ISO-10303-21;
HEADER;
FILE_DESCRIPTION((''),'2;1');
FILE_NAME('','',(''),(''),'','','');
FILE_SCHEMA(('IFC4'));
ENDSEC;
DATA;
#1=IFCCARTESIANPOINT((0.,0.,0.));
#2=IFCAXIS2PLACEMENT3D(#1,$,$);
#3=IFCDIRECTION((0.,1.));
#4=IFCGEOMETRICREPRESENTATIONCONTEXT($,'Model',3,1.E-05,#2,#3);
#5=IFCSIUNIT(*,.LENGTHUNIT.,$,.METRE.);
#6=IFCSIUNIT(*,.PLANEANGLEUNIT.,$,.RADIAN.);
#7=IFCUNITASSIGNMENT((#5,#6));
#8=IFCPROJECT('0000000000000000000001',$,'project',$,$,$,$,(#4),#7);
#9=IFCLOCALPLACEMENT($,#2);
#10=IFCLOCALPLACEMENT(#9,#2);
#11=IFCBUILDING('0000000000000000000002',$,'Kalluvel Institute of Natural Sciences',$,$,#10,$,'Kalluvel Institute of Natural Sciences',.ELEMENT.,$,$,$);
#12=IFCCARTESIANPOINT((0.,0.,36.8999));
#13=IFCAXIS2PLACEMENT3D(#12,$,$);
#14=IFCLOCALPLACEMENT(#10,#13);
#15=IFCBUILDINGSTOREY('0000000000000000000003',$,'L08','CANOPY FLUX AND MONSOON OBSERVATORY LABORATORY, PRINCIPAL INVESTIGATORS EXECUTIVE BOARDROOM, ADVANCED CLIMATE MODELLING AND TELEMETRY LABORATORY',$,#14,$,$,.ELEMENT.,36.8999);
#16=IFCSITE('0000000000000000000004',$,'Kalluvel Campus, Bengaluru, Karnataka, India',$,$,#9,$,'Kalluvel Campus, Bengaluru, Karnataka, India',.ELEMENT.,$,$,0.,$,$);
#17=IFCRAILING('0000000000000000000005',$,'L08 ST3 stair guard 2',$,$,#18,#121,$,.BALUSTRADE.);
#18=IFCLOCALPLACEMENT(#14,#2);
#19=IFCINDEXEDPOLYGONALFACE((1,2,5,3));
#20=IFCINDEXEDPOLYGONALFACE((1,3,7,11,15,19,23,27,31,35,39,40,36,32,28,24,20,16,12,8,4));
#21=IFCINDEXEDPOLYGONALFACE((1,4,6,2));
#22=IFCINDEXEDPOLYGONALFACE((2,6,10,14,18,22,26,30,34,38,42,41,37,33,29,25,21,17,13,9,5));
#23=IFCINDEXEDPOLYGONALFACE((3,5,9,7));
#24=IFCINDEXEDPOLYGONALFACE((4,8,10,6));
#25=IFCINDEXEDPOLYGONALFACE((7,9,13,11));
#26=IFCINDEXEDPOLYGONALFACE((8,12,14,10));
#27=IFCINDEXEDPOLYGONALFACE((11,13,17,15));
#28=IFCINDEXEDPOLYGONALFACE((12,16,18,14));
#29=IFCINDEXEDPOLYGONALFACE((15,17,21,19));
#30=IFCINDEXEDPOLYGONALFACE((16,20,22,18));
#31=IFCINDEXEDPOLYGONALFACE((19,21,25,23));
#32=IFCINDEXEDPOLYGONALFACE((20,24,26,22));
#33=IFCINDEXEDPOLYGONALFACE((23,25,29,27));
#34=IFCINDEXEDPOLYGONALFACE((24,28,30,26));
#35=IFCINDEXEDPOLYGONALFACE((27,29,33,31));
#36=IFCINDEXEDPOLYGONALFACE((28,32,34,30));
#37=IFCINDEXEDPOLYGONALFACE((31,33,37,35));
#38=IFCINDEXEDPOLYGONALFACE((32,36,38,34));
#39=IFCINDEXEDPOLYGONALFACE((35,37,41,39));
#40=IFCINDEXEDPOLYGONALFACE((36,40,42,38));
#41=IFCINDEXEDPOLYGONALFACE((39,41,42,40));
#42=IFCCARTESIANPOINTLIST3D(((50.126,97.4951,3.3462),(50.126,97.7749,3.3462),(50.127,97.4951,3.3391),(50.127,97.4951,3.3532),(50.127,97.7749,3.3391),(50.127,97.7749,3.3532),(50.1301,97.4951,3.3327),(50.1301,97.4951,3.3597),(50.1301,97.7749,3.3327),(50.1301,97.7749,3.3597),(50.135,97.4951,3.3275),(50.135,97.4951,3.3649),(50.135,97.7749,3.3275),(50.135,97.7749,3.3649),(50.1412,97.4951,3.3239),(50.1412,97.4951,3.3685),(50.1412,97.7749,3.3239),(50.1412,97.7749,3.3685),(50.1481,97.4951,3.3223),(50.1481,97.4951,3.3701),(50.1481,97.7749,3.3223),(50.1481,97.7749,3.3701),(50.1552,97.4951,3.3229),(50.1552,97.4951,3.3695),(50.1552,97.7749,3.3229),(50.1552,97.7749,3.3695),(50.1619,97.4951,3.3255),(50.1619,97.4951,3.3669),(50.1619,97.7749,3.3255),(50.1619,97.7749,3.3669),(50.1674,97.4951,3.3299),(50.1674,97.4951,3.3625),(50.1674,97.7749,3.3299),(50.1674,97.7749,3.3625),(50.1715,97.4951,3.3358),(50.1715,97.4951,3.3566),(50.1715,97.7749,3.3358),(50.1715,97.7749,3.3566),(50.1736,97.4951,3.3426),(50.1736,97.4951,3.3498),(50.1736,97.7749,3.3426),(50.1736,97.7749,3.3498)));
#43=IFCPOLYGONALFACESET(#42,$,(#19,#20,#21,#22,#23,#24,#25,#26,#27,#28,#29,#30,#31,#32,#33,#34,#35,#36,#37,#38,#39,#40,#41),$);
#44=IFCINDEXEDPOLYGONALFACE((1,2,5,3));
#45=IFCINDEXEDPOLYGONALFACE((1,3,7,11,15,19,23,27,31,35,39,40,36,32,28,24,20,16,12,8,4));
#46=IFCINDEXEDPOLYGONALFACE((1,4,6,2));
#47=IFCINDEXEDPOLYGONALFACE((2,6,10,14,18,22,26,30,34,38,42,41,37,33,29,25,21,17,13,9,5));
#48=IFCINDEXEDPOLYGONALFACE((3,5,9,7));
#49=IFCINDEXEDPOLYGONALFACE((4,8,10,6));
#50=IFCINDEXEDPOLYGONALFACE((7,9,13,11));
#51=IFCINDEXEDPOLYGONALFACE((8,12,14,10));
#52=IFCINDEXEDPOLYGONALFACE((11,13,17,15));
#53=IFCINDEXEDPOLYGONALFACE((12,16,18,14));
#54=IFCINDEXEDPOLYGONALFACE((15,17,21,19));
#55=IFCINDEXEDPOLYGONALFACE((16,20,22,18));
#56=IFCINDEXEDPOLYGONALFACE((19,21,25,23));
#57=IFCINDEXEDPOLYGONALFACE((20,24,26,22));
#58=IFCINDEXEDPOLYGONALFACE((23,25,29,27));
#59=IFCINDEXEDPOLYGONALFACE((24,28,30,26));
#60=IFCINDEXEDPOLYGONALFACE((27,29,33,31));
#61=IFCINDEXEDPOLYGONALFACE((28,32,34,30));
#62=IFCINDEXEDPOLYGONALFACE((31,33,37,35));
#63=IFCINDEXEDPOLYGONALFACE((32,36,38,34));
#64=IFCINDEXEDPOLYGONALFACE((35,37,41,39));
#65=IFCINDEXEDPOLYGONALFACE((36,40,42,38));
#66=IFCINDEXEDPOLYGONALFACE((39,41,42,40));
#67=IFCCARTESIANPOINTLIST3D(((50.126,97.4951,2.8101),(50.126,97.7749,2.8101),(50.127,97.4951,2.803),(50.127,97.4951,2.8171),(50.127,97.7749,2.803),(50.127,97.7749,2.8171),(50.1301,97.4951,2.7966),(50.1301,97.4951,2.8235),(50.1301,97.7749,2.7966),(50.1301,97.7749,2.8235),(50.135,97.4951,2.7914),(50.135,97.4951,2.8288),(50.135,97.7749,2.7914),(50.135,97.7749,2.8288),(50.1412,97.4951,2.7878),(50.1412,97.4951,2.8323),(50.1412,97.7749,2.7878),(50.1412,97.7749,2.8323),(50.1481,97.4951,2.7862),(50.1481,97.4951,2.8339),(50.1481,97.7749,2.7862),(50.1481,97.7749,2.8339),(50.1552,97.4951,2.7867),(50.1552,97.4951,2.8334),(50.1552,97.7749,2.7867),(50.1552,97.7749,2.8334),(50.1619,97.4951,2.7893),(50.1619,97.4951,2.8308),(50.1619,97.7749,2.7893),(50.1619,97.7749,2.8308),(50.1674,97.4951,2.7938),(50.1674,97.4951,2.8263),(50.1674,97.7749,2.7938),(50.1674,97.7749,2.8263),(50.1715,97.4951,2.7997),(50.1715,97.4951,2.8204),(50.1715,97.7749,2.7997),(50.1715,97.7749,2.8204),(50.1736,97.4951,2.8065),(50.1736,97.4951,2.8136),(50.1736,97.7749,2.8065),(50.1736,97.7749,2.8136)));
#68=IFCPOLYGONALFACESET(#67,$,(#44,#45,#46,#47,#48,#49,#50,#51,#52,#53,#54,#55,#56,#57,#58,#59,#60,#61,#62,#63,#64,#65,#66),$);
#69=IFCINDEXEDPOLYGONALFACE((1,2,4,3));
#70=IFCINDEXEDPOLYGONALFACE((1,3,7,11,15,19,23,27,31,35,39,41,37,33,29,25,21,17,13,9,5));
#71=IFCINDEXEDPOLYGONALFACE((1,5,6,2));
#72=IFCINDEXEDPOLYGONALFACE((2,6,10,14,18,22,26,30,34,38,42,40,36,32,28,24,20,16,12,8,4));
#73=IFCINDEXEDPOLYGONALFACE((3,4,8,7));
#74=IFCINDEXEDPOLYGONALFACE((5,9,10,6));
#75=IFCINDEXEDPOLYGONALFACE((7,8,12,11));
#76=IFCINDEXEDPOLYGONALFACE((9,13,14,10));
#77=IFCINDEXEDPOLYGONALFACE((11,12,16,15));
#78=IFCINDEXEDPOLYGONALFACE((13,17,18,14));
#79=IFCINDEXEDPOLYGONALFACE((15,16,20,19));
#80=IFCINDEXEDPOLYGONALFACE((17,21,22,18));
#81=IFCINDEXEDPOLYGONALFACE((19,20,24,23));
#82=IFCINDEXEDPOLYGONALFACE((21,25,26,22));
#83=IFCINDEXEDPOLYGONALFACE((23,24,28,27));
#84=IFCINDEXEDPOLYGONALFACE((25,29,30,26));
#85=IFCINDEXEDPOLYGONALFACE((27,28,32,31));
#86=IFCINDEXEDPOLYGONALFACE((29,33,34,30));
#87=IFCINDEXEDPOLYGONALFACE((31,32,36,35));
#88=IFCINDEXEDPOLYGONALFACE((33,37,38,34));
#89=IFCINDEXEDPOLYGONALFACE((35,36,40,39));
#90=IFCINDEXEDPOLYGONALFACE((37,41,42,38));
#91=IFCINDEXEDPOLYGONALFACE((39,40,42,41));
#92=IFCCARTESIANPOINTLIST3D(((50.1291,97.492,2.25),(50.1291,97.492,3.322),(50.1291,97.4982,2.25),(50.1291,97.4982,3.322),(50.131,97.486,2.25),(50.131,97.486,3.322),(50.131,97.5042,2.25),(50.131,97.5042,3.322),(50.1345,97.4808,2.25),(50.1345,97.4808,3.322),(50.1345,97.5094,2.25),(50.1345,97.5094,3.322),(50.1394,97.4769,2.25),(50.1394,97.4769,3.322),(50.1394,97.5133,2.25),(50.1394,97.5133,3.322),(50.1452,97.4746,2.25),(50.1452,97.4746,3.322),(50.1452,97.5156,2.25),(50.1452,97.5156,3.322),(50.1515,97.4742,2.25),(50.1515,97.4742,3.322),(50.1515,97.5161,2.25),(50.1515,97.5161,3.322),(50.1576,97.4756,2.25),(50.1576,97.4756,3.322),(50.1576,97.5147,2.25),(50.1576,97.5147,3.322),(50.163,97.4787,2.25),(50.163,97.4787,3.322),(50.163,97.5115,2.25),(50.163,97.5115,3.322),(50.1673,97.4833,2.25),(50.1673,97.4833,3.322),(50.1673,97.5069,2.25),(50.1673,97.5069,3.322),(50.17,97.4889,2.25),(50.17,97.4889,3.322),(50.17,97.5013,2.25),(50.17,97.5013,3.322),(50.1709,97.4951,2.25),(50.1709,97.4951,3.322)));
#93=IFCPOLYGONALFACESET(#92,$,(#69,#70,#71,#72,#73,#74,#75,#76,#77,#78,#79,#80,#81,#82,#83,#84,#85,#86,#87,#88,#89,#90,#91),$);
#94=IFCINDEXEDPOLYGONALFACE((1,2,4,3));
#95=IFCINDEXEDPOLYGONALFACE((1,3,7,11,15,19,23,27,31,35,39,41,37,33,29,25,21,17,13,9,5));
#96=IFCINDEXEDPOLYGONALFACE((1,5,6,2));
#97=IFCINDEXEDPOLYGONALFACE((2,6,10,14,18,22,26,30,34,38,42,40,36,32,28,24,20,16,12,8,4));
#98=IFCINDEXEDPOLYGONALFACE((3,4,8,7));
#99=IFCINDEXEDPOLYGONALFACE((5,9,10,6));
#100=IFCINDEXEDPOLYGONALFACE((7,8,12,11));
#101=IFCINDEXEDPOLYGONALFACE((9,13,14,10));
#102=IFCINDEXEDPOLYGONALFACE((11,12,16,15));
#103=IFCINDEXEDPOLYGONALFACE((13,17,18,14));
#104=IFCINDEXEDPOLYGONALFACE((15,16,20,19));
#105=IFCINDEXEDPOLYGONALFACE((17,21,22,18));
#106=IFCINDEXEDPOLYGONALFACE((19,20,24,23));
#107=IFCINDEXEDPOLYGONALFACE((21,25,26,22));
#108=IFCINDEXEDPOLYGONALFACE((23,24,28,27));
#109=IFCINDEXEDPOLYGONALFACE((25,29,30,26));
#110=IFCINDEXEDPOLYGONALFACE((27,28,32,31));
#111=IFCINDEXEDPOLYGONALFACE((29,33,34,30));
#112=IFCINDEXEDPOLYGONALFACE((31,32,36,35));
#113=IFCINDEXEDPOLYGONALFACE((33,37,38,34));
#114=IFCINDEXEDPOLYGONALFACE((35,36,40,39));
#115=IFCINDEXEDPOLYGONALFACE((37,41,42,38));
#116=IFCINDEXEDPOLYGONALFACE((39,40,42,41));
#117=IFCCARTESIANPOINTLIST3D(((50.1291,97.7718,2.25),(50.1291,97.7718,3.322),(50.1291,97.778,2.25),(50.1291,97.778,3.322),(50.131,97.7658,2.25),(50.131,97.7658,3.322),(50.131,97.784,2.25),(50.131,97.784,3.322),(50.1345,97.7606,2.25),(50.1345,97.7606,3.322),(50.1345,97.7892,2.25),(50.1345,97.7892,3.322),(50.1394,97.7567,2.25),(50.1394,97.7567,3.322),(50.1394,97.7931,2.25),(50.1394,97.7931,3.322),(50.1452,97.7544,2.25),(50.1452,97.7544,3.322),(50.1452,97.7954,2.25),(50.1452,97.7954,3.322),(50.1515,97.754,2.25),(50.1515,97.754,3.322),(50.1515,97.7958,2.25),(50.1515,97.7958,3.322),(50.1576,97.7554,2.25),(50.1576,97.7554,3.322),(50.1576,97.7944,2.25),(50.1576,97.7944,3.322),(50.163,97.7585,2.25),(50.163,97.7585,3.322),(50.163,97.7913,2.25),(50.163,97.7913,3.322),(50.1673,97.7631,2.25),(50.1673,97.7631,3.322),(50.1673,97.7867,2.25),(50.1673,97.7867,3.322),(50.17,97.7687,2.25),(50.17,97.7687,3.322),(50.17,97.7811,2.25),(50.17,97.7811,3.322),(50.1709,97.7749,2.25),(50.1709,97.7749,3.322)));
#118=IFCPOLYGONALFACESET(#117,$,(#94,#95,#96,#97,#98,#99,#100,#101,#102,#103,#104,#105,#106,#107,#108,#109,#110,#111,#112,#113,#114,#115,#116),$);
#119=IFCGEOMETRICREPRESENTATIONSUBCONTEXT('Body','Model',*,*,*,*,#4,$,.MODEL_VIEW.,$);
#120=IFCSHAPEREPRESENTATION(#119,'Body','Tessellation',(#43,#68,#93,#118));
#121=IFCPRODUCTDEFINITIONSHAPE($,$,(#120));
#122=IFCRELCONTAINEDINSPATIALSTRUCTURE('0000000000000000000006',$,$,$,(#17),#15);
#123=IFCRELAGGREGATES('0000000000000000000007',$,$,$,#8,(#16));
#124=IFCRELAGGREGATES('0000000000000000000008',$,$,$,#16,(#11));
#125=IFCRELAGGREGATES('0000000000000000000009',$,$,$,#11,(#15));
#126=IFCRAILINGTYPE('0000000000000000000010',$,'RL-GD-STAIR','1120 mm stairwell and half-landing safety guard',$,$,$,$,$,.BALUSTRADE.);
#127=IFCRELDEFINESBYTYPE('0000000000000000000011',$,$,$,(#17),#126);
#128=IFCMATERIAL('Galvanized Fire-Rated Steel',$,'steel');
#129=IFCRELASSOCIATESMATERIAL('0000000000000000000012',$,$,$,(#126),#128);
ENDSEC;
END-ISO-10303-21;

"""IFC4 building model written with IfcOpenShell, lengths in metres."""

from ifc_helpers import new_model, si_unit, direction, frame, origin, origin_2d, place, context, subcontext, project, spatial, circle, extrude, material, type_object, element, save


model = new_model("IFC4")

# Units and contexts
model_context = context("Model", 3, precision=1e-05, world=origin(), true_north=direction((0.0, 1.0)))
body_context = subcontext(model_context, "Body", "Model", "MODEL_VIEW")
ifc_project = project(units=[si_unit("LENGTHUNIT", "METRE"), si_unit("PLANEANGLEUNIT", "RADIAN")], contexts=[model_context])

# Site, building, storey
site_placement = place(None, origin())
site = spatial("IfcSite", under=ifc_project, at=site_placement, Name="Kalluvel Campus, Bengaluru, Karnataka, India", LongName="Kalluvel Campus, Bengaluru, Karnataka, India", CompositionType="ELEMENT", RefElevation=0.0)
building_placement = place(site_placement, origin())
building = spatial("IfcBuilding", under=site, at=building_placement, Name="Kalluvel Institute of Natural Sciences", LongName="Kalluvel Institute of Natural Sciences", CompositionType="ELEMENT")
storey_placement = place(building_placement, frame((0.0, 0.0, 36.8999)))
storey = spatial("IfcBuildingStorey", under=building, at=storey_placement, Name="L08", Description="CANOPY FLUX AND MONSOON OBSERVATORY LABORATORY, PRINCIPAL INVESTIGATORS EXECUTIVE BOARDROOM, ADVANCED CLIMATE MODELLING AND TELEMETRY LABORATORY", CompositionType="ELEMENT", Elevation=36.8999)

# Shared definitions
ifc_material_1 = material(Name="Galvanized Fire-Rated Steel", Category="steel")

# Railing
railing_type_1 = type_object("IfcRailingType", Name="RL-GD-STAIR", Description="1120 mm stairwell and half-landing safety guard", PredefinedType="BALUSTRADE", material=ifc_material_1)
railing_1_placement = place(storey_placement, frame((50.1499, 97.4951, 2.25)))
element("IfcRailing", 1, at=railing_1_placement, inside=storey, type_object=railing_type_1, Name="L08 ST3 stair guard 2", PredefinedType="BALUSTRADE", context=body_context, shape_type="SweptSolid", body=[
    extrude(circle(Radius=0.0239, at=origin_2d()), frame((0.0, 0.0, 1.0962), z_axis=(0.0, 1.0, 0.0), x_axis=(-1.0, 0.0, 0.0)), (0.0, 0.0, 1.0), 0.2798),
    extrude(circle(Radius=0.0239, at=origin_2d()), frame((0.0, 0.0, 0.5601), z_axis=(0.0, 1.0, 0.0), x_axis=(-1.0, 0.0, 0.0)), (0.0, 0.0, 1.0), 0.2798),
    extrude(circle(Radius=0.021, at=origin_2d()), origin(), (0.0, 0.0, 1.0), 1.072),
    extrude(circle(Radius=0.021, at=origin_2d()), frame((0.0, 0.2798, 0.0)), (0.0, 0.0, 1.0), 1.072),
])

save(model, "model.ifc")
